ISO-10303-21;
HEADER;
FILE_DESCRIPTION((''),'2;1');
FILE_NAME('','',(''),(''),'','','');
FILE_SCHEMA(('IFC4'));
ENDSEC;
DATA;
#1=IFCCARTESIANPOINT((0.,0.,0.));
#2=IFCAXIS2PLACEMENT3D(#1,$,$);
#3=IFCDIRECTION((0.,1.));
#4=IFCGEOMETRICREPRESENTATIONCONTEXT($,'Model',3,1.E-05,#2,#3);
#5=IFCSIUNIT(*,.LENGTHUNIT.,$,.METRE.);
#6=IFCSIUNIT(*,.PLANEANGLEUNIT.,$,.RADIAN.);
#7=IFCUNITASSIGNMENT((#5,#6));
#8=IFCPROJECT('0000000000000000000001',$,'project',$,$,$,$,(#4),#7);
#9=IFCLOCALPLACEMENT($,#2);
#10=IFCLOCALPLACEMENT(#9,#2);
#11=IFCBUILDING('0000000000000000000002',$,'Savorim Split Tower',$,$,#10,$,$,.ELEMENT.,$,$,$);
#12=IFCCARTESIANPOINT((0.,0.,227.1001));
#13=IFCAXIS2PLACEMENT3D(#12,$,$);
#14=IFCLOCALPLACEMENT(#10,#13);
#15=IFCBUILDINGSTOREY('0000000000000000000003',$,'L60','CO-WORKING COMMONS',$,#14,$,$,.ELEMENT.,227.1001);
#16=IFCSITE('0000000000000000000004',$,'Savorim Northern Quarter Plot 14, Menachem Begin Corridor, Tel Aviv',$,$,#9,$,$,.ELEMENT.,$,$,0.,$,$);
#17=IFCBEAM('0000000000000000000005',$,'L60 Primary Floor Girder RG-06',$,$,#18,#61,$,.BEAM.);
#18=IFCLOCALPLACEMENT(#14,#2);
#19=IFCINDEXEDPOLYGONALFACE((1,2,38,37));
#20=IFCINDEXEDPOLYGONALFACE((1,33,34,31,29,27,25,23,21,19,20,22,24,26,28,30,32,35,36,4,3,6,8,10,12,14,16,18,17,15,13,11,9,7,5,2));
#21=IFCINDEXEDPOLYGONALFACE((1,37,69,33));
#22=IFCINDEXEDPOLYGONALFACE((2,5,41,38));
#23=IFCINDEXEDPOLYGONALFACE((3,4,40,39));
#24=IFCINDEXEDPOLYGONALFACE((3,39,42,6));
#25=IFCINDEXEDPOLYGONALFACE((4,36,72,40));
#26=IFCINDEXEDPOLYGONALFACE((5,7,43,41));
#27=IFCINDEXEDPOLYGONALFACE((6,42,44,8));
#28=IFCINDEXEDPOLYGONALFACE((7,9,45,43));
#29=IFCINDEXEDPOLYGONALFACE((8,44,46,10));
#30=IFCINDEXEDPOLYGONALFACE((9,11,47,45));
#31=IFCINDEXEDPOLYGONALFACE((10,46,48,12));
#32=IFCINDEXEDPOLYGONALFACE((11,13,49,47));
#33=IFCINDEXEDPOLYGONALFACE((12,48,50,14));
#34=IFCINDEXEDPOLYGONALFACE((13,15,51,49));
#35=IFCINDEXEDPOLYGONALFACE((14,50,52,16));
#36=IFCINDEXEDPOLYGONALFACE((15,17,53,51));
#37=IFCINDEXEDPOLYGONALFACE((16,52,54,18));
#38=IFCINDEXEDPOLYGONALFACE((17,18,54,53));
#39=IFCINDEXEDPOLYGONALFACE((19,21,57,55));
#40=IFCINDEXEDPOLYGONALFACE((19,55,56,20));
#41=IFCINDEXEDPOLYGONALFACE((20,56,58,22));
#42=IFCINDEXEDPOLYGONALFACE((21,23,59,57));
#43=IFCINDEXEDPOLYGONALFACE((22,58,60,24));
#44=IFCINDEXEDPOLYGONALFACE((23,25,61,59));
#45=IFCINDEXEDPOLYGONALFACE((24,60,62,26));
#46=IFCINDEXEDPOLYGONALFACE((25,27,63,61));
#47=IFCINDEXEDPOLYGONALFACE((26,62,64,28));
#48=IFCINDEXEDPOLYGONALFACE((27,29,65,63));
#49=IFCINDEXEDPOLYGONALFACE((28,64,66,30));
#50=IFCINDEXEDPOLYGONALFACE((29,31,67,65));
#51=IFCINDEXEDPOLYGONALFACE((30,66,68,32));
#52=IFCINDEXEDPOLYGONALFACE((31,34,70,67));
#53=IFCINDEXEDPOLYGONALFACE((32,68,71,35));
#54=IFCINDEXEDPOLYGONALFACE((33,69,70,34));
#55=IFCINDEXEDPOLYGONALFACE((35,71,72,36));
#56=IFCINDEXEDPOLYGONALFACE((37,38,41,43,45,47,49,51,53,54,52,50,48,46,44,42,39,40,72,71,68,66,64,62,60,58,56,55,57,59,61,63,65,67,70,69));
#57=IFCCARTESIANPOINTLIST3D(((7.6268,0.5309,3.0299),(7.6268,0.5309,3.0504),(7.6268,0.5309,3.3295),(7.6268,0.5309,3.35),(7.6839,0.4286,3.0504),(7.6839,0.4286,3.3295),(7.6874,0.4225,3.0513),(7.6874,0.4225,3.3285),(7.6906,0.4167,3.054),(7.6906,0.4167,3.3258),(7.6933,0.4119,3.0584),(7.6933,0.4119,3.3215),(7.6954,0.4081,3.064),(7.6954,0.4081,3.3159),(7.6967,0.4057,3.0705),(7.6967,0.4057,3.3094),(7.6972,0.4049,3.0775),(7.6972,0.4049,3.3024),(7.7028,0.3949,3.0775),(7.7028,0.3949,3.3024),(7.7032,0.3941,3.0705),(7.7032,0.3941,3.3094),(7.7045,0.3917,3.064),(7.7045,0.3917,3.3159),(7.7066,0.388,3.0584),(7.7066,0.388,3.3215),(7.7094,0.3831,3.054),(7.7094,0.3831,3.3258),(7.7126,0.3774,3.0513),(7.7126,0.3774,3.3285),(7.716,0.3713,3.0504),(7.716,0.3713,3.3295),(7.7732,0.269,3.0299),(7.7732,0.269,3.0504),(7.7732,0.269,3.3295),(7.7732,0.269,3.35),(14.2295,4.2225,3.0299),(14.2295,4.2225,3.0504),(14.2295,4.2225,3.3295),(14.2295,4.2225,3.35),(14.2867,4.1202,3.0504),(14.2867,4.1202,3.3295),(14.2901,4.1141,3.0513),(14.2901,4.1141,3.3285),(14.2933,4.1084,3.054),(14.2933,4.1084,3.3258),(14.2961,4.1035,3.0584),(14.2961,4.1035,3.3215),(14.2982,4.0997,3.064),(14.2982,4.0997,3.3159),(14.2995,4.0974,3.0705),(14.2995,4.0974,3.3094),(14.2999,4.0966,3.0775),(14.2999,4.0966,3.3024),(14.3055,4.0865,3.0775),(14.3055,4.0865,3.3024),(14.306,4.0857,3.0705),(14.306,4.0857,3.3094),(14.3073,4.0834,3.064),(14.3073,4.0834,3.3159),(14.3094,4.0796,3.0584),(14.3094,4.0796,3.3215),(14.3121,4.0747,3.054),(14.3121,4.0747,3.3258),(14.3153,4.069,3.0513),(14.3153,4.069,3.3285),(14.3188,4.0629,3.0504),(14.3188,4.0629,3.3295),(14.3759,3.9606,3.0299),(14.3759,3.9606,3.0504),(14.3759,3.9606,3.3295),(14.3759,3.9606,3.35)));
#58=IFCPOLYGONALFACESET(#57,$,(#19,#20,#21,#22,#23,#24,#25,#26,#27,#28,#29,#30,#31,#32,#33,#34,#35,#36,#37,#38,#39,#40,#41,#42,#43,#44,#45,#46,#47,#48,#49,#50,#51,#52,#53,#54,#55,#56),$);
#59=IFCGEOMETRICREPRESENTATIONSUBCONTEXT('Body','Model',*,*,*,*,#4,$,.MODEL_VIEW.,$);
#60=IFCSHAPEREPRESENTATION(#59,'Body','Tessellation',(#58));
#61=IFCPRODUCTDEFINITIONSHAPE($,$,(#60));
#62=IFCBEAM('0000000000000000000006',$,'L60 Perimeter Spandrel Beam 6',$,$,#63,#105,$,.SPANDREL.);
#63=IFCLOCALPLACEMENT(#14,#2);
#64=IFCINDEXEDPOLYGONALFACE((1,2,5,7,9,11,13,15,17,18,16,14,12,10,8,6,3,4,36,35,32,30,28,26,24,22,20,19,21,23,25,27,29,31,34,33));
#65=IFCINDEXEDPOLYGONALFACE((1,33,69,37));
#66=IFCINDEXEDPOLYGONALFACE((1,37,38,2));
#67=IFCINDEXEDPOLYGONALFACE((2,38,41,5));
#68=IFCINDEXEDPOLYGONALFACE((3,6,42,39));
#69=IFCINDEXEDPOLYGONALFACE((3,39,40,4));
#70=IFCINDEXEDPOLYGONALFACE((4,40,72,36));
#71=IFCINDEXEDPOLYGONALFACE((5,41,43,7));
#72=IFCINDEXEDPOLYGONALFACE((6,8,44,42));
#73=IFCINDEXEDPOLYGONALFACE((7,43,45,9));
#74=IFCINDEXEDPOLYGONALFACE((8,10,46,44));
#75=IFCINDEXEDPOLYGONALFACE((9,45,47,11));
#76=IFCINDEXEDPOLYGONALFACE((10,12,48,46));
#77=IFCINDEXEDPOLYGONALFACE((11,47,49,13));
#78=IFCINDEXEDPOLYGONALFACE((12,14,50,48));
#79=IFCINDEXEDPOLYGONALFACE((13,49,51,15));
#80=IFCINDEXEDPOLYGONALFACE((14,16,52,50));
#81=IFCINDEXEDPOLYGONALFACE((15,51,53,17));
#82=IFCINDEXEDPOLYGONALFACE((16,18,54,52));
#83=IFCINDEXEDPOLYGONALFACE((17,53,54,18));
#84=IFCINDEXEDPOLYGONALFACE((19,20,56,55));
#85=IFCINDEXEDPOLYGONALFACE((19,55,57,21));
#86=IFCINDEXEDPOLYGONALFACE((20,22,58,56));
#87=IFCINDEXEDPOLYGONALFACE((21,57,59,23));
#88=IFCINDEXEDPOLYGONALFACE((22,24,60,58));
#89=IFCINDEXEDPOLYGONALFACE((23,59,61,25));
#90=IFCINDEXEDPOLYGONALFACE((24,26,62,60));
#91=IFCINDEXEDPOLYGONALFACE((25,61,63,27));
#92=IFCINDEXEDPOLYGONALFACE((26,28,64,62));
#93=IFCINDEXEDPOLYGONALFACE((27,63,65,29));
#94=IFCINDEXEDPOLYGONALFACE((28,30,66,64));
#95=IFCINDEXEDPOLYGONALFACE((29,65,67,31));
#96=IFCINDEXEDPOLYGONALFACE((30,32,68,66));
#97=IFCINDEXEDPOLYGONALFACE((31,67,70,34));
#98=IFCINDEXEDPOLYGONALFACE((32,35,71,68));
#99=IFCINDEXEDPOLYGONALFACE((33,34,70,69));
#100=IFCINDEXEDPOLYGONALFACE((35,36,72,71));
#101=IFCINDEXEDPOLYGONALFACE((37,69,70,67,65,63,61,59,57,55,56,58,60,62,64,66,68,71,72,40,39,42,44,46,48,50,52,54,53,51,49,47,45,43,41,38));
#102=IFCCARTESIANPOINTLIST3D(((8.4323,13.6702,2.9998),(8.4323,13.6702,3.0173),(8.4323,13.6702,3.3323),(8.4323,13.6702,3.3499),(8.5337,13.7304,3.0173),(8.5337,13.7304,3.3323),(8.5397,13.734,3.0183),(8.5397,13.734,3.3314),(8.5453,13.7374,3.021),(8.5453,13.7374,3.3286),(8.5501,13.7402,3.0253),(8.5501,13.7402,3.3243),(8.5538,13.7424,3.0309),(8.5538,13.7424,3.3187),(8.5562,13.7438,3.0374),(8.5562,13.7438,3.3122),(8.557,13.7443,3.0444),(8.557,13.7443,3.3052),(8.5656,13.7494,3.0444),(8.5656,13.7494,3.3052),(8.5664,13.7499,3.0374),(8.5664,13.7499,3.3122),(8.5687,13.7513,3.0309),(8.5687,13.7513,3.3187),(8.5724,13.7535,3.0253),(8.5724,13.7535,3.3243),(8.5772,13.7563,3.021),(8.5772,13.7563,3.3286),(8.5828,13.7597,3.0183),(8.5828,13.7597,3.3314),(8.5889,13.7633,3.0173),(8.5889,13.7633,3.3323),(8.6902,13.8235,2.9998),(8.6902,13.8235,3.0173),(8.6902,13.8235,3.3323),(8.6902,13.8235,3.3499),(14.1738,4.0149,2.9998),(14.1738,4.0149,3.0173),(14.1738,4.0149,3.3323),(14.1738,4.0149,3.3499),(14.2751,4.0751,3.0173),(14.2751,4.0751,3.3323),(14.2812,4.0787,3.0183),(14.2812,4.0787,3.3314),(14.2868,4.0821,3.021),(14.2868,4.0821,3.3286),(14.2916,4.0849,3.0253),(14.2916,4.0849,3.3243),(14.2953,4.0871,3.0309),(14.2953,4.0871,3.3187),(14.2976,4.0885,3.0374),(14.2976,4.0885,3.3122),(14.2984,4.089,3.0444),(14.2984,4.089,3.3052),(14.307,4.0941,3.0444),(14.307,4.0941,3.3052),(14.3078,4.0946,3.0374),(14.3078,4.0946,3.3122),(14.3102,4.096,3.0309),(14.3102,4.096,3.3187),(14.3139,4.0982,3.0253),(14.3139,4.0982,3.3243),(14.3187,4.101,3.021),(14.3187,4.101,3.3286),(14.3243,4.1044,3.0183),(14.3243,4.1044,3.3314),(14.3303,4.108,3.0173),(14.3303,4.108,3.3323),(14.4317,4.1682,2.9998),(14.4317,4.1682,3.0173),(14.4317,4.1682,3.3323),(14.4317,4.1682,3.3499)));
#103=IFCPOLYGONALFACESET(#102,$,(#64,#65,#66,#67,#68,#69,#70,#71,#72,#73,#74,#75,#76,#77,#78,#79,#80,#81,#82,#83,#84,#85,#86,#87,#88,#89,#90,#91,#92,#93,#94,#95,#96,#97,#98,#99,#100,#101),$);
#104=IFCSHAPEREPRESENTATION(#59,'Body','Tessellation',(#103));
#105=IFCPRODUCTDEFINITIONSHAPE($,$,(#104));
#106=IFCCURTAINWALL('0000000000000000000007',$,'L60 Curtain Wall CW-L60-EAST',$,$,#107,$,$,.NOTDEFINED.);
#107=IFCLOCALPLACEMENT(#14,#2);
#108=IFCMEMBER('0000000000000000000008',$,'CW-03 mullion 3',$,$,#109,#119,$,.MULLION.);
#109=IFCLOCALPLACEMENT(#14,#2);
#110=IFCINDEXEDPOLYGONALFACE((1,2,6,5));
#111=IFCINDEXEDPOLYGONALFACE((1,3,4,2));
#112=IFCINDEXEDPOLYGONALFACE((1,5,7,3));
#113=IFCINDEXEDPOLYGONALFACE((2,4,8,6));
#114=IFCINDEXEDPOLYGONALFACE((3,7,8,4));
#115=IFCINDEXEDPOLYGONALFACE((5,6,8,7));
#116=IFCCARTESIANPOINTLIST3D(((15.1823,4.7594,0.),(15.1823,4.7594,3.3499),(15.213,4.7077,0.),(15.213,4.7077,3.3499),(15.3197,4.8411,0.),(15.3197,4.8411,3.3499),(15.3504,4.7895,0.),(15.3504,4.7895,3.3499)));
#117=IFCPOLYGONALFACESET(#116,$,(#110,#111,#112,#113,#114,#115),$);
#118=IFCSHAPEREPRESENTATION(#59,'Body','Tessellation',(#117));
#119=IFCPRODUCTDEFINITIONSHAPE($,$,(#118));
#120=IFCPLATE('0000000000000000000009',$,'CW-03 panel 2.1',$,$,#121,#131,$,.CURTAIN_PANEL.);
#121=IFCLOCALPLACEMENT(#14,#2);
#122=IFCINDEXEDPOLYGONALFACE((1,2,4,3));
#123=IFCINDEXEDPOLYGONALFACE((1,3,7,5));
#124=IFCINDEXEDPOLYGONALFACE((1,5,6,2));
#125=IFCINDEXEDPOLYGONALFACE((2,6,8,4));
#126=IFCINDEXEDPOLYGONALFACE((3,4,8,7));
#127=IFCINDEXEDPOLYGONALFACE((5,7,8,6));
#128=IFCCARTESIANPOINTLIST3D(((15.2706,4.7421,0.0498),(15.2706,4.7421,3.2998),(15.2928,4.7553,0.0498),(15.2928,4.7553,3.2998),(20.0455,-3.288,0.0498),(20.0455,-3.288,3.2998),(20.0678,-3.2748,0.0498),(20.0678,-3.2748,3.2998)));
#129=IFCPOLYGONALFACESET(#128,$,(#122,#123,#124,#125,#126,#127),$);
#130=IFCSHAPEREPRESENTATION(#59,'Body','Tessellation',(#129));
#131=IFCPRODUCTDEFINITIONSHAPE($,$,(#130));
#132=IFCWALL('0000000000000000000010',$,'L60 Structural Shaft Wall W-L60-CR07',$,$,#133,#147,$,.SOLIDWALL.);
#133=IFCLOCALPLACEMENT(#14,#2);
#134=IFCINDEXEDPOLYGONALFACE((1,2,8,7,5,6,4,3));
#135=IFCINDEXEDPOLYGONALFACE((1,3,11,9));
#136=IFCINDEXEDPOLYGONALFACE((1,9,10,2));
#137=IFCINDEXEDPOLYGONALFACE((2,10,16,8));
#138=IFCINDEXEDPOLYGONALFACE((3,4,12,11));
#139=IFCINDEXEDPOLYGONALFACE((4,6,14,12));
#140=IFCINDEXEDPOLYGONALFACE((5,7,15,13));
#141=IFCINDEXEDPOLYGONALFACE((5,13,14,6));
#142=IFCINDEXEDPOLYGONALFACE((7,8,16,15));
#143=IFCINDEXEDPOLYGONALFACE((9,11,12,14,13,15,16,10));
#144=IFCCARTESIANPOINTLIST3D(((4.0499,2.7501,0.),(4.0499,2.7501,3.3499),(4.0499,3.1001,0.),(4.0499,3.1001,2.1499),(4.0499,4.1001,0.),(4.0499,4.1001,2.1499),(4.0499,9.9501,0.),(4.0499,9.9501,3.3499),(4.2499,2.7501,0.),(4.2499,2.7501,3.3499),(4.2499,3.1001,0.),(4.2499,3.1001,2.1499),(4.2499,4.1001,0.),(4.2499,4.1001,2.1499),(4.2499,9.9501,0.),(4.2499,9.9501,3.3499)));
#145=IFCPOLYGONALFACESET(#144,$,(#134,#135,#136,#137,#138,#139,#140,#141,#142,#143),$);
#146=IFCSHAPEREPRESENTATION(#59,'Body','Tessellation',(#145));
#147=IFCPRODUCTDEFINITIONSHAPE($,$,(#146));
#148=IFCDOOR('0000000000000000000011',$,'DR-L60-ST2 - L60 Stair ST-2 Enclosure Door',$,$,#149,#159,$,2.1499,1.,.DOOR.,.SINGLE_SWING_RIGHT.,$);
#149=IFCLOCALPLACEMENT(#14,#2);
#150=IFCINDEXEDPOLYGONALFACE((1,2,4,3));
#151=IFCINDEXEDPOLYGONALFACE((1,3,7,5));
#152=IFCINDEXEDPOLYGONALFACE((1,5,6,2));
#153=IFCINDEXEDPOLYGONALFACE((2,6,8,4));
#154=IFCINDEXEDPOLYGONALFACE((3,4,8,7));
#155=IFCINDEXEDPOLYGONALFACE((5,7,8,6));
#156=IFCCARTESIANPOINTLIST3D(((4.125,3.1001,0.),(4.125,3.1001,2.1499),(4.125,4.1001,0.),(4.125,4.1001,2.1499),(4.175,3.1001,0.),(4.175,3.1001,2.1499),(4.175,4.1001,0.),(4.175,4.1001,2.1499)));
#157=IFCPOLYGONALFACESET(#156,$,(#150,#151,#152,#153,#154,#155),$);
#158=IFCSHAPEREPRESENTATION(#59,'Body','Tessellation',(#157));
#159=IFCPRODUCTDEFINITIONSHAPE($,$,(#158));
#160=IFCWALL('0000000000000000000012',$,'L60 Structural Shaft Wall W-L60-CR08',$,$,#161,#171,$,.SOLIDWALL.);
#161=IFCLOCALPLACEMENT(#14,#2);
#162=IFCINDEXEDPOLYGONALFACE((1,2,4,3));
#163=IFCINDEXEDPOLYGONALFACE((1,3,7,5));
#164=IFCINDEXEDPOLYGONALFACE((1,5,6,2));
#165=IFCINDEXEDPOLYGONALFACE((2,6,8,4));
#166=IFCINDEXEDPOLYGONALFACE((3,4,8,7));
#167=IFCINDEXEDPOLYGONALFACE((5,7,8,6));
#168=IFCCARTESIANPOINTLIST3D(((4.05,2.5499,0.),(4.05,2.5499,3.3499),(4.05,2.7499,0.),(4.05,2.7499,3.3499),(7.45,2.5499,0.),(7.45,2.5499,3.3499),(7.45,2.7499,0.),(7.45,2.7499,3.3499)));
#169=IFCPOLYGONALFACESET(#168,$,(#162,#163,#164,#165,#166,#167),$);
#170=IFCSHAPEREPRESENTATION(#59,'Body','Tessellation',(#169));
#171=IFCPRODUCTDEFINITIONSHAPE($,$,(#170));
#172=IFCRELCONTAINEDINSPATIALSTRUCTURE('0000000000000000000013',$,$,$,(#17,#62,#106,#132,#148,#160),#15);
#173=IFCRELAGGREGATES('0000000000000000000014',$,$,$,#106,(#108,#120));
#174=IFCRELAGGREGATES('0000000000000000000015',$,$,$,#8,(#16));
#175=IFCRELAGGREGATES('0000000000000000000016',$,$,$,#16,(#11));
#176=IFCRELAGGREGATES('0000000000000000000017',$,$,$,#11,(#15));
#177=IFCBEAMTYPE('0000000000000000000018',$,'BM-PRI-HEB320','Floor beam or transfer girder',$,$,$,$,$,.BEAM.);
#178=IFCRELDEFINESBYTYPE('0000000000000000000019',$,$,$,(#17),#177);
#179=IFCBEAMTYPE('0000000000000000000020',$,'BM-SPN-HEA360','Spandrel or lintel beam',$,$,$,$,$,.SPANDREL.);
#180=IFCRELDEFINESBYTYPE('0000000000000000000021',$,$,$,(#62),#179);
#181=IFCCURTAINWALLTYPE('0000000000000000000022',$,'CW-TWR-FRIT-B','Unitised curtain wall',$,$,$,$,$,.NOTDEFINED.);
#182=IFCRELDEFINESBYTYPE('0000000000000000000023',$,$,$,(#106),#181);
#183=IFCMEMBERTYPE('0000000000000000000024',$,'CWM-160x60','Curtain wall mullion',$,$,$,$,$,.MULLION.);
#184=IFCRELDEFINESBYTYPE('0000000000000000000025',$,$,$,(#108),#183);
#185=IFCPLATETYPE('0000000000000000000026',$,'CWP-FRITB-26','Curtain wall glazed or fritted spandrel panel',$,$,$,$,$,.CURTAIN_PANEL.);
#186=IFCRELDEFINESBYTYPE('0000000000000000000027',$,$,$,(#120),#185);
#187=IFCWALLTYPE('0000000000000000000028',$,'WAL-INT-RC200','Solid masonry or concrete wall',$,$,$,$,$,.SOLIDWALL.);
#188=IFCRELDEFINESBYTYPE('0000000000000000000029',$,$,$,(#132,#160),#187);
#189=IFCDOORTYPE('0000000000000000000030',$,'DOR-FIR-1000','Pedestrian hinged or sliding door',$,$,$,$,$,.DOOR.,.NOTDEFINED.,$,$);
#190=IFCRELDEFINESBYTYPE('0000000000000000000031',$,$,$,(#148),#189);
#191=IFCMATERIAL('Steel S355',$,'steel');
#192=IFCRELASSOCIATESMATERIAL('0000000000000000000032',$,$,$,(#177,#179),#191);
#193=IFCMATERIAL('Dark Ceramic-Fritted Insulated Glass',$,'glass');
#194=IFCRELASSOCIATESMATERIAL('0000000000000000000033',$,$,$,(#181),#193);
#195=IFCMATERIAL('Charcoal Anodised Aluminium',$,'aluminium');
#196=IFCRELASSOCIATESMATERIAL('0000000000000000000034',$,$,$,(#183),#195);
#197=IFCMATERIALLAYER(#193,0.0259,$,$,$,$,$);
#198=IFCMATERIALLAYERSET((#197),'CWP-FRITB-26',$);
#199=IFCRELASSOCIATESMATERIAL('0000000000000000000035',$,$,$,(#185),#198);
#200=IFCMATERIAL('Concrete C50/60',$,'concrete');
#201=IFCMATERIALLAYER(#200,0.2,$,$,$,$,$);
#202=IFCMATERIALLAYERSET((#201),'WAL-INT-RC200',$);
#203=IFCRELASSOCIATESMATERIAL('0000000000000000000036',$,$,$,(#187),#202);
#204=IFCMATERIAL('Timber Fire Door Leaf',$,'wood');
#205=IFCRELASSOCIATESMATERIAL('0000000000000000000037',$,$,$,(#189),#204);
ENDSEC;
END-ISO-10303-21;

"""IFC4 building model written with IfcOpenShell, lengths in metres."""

from ifc_helpers import new_model, si_unit, direction, frame, frame_2d, origin, origin_2d, place, context, subcontext, project, spatial, rectangle, i_section, extrude, material, layer, layer_set, material_profile, profile_set, type_object, element, fill, aggregate, save


model = new_model("IFC4")

# Units and contexts
model_context = context("Model", 3, precision=1e-05, world=origin(), true_north=direction((0.0, 1.0)))
body_context = subcontext(model_context, "Body", "Model", "MODEL_VIEW")
ifc_project = project(units=[si_unit("LENGTHUNIT", "METRE"), si_unit("PLANEANGLEUNIT", "RADIAN")], contexts=[model_context])

# Site, building, storey
site_placement = place(None, origin())
site = spatial("IfcSite", under=ifc_project, at=site_placement, Name="Savorim Northern Quarter Plot 14, Menachem Begin Corridor, Tel Aviv", CompositionType="ELEMENT", RefElevation=0.0)
building_placement = place(site_placement, origin())
building = spatial("IfcBuilding", under=site, at=building_placement, Name="Savorim Split Tower", CompositionType="ELEMENT")
storey_placement = place(building_placement, frame((0.0, 0.0, 227.1001)))
storey = spatial("IfcBuildingStorey", under=building, at=storey_placement, Name="L60", Description="CO-WORKING COMMONS", CompositionType="ELEMENT", Elevation=227.1001)

# Shared definitions
ifc_material_1 = material(Name="Steel S355", Category="steel")

# Beams
ifc_material_profile_1 = material_profile(ifc_material_1, i_section(OverallWidth=0.3, OverallDepth=0.3201, WebThickness=0.0115, FlangeThickness=0.0205, FilletRadius=0.0271, at=origin_2d()), Name="HEB 320")
ifc_profile_set_1 = profile_set([ifc_material_profile_1], Name="Steel S355")
beam_type_1 = type_object("IfcBeamType", Name="BM-PRI-HEB320", Description="Floor beam or transfer girder", PredefinedType="BEAM", material=ifc_profile_set_1)
beam_1_placement = place(storey_placement, frame((14.3027, 4.0916, 3.1899), z_axis=(-0.872839, -0.488009, 0.0), x_axis=(0.488009, -0.872839, 0.0)))
element("IfcBeam", 1, at=beam_1_placement, inside=storey, type_object=beam_type_1, Name="L60 Primary Floor Girder RG-06", PredefinedType="BEAM", context=body_context, shape_type="SweptSolid", body=[
    extrude(i_section(OverallWidth=0.3, OverallDepth=0.3201, WebThickness=0.0115, FlangeThickness=0.0205, FilletRadius=0.0271, at=origin_2d()), origin(), (0.0, 0.0, 1.0), 7.5647),
])
ifc_material_profile_2 = material_profile(ifc_material_1, i_section(OverallWidth=0.3, OverallDepth=0.3501, WebThickness=0.01, FlangeThickness=0.0176, FilletRadius=0.0271, at=origin_2d()), Name="HEA 360")
ifc_profile_set_2 = profile_set([ifc_material_profile_2], Name="Steel S355")
beam_type_2 = type_object("IfcBeamType", Name="BM-SPN-HEA360", Description="Spandrel or lintel beam", PredefinedType="SPANDREL", material=ifc_profile_set_2)
beam_2_placement = place(storey_placement, frame((14.3027, 4.0916, 3.1748), z_axis=(-0.511107, 0.859517, 0.0), x_axis=(-0.859517, -0.511107, 0.0)))
element("IfcBeam", 2, at=beam_2_placement, inside=storey, type_object=beam_type_2, Name="L60 Perimeter Spandrel Beam 6", PredefinedType="SPANDREL", context=body_context, shape_type="SweptSolid", body=[
    extrude(i_section(OverallWidth=0.3, OverallDepth=0.3501, WebThickness=0.01, FlangeThickness=0.0176, FilletRadius=0.0271, at=origin_2d()), origin(), (0.0, 0.0, 1.0), 11.2334),
])

# Curtain wall, member, plate
ifc_material_2 = material(Name="Dark Ceramic-Fritted Insulated Glass", Category="glass")
curtain_wall_type = type_object("IfcCurtainWallType", Name="CW-TWR-FRIT-B", Description="Unitised curtain wall", PredefinedType="NOTDEFINED", material=ifc_material_2)
curtain_wall_placement = place(storey_placement, origin())
curtain_wall = element("IfcCurtainWall", 3, at=curtain_wall_placement, inside=storey, type_object=curtain_wall_type, Name="L60 Curtain Wall CW-L60-EAST", PredefinedType="NOTDEFINED")
ifc_material_3 = material(Name="Charcoal Anodised Aluminium", Category="aluminium")
ifc_material_profile_3 = material_profile(ifc_material_3, rectangle(XDim=0.1599, YDim=0.0601, at=origin_2d()), Name="ALU-M 160x60")
ifc_profile_set_3 = profile_set([ifc_material_profile_3], Name="Charcoal Anodised Aluminium")
member_type = type_object("IfcMemberType", Name="CWM-160x60", Description="Curtain wall mullion", PredefinedType="MULLION", material=ifc_profile_set_3)
member_placement = place(storey_placement, frame((15.2664, 4.7744, 0.0), z_axis=(0.0, 0.0, 1.0), x_axis=(-0.859524, -0.511096, 0.0)))
member = element("IfcMember", 4, at=member_placement, type_object=member_type, Name="CW-03 mullion 3", PredefinedType="MULLION", context=body_context, shape_type="SweptSolid", body=[
    extrude(rectangle(XDim=0.1599, YDim=0.0601, at=origin_2d()), origin(), (0.0, 0.0, 1.0), 3.3499),
])
ifc_layer_1 = layer(ifc_material_2, 0.0259)
ifc_layer_set_1 = layer_set([ifc_layer_1], Name="CWP-FRITB-26")
plate_type = type_object("IfcPlateType", Name="CWP-FRITB-26", Description="Curtain wall glazed or fritted spandrel panel", PredefinedType="CURTAIN_PANEL", material=ifc_layer_set_1)
plate_placement = place(storey_placement, frame((17.6692, 0.7336, 0.0498), z_axis=(0.0, 0.0, 1.0), x_axis=(-0.511096, 0.859524, 0.0)))
plate = element("IfcPlate", 5, at=plate_placement, type_object=plate_type, Name="CW-03 panel 2.1", PredefinedType="CURTAIN_PANEL", context=body_context, shape_type="SweptSolid", body=[
    extrude(rectangle(XDim=9.3425, YDim=0.0259, at=origin_2d()), origin(), (0.0, 0.0, 1.0), 3.25),
])
aggregate(curtain_wall, [member, plate])

# Wall, opening, door
ifc_material_4 = material(Name="Concrete C50/60", Category="concrete")
ifc_layer_2 = layer(ifc_material_4, 0.2)
ifc_layer_set_2 = layer_set([ifc_layer_2], Name="WAL-INT-RC200")
wall_type_1 = type_object("IfcWallType", Name="WAL-INT-RC200", Description="Solid masonry or concrete wall", PredefinedType="SOLIDWALL", material=ifc_layer_set_2)
wall_1_placement = place(storey_placement, frame((4.1499, 2.75, 0.0), z_axis=(0.0, 0.0, 1.0), x_axis=(0.0, 1.0, 0.0)))
wall_1 = element("IfcWall", 6, at=wall_1_placement, inside=storey, type_object=wall_type_1, Name="L60 Structural Shaft Wall W-L60-CR07", PredefinedType="SOLIDWALL", context=body_context, shape_type="SweptSolid", body=[
    extrude(rectangle(XDim=7.2, YDim=0.2, at=frame_2d((3.6001, 0.0))), origin(), (0.0, 0.0, 1.0), 3.3499),
])
opening_1_placement = place(wall_1_placement, frame((0.3501, 0.0, 0.0)))
opening_1 = element("IfcOpeningElement", 7, at=opening_1_placement, cuts=wall_1, PredefinedType="OPENING", context=body_context, shape_type="SweptSolid", body=[
    extrude(rectangle(XDim=1.0, YDim=2.1499, at=frame_2d((0.5, 1.075))), frame((0.0, 0.1099, 0.0), z_axis=(0.0, -1.0, 0.0), x_axis=(1.0, 0.0, 0.0)), (0.0, 0.0, 1.0), 0.22),
])
ifc_material_5 = material(Name="Timber Fire Door Leaf", Category="wood")
door_type_1 = type_object("IfcDoorType", Name="DOR-FIR-1000", Description="Pedestrian hinged or sliding door", OperationType="NOTDEFINED", PredefinedType="DOOR", material=ifc_material_5)
door_1_placement = place(opening_1_placement, origin())
door_1 = element("IfcDoor", 8, at=door_1_placement, inside=storey, type_object=door_type_1, Name="DR-L60-ST2 - L60 Stair ST-2 Enclosure Door", OperationType="SINGLE_SWING_RIGHT", OverallHeight=2.1499, OverallWidth=1.0, PredefinedType="DOOR", context=body_context, shape_type="SweptSolid", body=[
    extrude(rectangle(XDim=1.0, YDim=2.1499, at=frame_2d((0.5, 1.075))), frame((0.0, 0.0249, 0.0), z_axis=(0.0, -1.0, 0.0), x_axis=(1.0, 0.0, 0.0)), (0.0, 0.0, 1.0), 0.05),
])
fill(opening_1, door_1)

# Wall
wall_2_placement = place(storey_placement, frame((4.05, 2.6499, 0.0), z_axis=(0.0, 0.0, 1.0), x_axis=(1.0, 0.0, 0.0)))
element("IfcWall", 9, at=wall_2_placement, inside=storey, type_object=wall_type_1, Name="L60 Structural Shaft Wall W-L60-CR08", PredefinedType="SOLIDWALL", context=body_context, shape_type="SweptSolid", body=[
    extrude(rectangle(XDim=3.3999, YDim=0.2, at=frame_2d((1.7, 0.0))), origin(), (0.0, 0.0, 1.0), 3.3499),
])

save(model, "model.ifc")
